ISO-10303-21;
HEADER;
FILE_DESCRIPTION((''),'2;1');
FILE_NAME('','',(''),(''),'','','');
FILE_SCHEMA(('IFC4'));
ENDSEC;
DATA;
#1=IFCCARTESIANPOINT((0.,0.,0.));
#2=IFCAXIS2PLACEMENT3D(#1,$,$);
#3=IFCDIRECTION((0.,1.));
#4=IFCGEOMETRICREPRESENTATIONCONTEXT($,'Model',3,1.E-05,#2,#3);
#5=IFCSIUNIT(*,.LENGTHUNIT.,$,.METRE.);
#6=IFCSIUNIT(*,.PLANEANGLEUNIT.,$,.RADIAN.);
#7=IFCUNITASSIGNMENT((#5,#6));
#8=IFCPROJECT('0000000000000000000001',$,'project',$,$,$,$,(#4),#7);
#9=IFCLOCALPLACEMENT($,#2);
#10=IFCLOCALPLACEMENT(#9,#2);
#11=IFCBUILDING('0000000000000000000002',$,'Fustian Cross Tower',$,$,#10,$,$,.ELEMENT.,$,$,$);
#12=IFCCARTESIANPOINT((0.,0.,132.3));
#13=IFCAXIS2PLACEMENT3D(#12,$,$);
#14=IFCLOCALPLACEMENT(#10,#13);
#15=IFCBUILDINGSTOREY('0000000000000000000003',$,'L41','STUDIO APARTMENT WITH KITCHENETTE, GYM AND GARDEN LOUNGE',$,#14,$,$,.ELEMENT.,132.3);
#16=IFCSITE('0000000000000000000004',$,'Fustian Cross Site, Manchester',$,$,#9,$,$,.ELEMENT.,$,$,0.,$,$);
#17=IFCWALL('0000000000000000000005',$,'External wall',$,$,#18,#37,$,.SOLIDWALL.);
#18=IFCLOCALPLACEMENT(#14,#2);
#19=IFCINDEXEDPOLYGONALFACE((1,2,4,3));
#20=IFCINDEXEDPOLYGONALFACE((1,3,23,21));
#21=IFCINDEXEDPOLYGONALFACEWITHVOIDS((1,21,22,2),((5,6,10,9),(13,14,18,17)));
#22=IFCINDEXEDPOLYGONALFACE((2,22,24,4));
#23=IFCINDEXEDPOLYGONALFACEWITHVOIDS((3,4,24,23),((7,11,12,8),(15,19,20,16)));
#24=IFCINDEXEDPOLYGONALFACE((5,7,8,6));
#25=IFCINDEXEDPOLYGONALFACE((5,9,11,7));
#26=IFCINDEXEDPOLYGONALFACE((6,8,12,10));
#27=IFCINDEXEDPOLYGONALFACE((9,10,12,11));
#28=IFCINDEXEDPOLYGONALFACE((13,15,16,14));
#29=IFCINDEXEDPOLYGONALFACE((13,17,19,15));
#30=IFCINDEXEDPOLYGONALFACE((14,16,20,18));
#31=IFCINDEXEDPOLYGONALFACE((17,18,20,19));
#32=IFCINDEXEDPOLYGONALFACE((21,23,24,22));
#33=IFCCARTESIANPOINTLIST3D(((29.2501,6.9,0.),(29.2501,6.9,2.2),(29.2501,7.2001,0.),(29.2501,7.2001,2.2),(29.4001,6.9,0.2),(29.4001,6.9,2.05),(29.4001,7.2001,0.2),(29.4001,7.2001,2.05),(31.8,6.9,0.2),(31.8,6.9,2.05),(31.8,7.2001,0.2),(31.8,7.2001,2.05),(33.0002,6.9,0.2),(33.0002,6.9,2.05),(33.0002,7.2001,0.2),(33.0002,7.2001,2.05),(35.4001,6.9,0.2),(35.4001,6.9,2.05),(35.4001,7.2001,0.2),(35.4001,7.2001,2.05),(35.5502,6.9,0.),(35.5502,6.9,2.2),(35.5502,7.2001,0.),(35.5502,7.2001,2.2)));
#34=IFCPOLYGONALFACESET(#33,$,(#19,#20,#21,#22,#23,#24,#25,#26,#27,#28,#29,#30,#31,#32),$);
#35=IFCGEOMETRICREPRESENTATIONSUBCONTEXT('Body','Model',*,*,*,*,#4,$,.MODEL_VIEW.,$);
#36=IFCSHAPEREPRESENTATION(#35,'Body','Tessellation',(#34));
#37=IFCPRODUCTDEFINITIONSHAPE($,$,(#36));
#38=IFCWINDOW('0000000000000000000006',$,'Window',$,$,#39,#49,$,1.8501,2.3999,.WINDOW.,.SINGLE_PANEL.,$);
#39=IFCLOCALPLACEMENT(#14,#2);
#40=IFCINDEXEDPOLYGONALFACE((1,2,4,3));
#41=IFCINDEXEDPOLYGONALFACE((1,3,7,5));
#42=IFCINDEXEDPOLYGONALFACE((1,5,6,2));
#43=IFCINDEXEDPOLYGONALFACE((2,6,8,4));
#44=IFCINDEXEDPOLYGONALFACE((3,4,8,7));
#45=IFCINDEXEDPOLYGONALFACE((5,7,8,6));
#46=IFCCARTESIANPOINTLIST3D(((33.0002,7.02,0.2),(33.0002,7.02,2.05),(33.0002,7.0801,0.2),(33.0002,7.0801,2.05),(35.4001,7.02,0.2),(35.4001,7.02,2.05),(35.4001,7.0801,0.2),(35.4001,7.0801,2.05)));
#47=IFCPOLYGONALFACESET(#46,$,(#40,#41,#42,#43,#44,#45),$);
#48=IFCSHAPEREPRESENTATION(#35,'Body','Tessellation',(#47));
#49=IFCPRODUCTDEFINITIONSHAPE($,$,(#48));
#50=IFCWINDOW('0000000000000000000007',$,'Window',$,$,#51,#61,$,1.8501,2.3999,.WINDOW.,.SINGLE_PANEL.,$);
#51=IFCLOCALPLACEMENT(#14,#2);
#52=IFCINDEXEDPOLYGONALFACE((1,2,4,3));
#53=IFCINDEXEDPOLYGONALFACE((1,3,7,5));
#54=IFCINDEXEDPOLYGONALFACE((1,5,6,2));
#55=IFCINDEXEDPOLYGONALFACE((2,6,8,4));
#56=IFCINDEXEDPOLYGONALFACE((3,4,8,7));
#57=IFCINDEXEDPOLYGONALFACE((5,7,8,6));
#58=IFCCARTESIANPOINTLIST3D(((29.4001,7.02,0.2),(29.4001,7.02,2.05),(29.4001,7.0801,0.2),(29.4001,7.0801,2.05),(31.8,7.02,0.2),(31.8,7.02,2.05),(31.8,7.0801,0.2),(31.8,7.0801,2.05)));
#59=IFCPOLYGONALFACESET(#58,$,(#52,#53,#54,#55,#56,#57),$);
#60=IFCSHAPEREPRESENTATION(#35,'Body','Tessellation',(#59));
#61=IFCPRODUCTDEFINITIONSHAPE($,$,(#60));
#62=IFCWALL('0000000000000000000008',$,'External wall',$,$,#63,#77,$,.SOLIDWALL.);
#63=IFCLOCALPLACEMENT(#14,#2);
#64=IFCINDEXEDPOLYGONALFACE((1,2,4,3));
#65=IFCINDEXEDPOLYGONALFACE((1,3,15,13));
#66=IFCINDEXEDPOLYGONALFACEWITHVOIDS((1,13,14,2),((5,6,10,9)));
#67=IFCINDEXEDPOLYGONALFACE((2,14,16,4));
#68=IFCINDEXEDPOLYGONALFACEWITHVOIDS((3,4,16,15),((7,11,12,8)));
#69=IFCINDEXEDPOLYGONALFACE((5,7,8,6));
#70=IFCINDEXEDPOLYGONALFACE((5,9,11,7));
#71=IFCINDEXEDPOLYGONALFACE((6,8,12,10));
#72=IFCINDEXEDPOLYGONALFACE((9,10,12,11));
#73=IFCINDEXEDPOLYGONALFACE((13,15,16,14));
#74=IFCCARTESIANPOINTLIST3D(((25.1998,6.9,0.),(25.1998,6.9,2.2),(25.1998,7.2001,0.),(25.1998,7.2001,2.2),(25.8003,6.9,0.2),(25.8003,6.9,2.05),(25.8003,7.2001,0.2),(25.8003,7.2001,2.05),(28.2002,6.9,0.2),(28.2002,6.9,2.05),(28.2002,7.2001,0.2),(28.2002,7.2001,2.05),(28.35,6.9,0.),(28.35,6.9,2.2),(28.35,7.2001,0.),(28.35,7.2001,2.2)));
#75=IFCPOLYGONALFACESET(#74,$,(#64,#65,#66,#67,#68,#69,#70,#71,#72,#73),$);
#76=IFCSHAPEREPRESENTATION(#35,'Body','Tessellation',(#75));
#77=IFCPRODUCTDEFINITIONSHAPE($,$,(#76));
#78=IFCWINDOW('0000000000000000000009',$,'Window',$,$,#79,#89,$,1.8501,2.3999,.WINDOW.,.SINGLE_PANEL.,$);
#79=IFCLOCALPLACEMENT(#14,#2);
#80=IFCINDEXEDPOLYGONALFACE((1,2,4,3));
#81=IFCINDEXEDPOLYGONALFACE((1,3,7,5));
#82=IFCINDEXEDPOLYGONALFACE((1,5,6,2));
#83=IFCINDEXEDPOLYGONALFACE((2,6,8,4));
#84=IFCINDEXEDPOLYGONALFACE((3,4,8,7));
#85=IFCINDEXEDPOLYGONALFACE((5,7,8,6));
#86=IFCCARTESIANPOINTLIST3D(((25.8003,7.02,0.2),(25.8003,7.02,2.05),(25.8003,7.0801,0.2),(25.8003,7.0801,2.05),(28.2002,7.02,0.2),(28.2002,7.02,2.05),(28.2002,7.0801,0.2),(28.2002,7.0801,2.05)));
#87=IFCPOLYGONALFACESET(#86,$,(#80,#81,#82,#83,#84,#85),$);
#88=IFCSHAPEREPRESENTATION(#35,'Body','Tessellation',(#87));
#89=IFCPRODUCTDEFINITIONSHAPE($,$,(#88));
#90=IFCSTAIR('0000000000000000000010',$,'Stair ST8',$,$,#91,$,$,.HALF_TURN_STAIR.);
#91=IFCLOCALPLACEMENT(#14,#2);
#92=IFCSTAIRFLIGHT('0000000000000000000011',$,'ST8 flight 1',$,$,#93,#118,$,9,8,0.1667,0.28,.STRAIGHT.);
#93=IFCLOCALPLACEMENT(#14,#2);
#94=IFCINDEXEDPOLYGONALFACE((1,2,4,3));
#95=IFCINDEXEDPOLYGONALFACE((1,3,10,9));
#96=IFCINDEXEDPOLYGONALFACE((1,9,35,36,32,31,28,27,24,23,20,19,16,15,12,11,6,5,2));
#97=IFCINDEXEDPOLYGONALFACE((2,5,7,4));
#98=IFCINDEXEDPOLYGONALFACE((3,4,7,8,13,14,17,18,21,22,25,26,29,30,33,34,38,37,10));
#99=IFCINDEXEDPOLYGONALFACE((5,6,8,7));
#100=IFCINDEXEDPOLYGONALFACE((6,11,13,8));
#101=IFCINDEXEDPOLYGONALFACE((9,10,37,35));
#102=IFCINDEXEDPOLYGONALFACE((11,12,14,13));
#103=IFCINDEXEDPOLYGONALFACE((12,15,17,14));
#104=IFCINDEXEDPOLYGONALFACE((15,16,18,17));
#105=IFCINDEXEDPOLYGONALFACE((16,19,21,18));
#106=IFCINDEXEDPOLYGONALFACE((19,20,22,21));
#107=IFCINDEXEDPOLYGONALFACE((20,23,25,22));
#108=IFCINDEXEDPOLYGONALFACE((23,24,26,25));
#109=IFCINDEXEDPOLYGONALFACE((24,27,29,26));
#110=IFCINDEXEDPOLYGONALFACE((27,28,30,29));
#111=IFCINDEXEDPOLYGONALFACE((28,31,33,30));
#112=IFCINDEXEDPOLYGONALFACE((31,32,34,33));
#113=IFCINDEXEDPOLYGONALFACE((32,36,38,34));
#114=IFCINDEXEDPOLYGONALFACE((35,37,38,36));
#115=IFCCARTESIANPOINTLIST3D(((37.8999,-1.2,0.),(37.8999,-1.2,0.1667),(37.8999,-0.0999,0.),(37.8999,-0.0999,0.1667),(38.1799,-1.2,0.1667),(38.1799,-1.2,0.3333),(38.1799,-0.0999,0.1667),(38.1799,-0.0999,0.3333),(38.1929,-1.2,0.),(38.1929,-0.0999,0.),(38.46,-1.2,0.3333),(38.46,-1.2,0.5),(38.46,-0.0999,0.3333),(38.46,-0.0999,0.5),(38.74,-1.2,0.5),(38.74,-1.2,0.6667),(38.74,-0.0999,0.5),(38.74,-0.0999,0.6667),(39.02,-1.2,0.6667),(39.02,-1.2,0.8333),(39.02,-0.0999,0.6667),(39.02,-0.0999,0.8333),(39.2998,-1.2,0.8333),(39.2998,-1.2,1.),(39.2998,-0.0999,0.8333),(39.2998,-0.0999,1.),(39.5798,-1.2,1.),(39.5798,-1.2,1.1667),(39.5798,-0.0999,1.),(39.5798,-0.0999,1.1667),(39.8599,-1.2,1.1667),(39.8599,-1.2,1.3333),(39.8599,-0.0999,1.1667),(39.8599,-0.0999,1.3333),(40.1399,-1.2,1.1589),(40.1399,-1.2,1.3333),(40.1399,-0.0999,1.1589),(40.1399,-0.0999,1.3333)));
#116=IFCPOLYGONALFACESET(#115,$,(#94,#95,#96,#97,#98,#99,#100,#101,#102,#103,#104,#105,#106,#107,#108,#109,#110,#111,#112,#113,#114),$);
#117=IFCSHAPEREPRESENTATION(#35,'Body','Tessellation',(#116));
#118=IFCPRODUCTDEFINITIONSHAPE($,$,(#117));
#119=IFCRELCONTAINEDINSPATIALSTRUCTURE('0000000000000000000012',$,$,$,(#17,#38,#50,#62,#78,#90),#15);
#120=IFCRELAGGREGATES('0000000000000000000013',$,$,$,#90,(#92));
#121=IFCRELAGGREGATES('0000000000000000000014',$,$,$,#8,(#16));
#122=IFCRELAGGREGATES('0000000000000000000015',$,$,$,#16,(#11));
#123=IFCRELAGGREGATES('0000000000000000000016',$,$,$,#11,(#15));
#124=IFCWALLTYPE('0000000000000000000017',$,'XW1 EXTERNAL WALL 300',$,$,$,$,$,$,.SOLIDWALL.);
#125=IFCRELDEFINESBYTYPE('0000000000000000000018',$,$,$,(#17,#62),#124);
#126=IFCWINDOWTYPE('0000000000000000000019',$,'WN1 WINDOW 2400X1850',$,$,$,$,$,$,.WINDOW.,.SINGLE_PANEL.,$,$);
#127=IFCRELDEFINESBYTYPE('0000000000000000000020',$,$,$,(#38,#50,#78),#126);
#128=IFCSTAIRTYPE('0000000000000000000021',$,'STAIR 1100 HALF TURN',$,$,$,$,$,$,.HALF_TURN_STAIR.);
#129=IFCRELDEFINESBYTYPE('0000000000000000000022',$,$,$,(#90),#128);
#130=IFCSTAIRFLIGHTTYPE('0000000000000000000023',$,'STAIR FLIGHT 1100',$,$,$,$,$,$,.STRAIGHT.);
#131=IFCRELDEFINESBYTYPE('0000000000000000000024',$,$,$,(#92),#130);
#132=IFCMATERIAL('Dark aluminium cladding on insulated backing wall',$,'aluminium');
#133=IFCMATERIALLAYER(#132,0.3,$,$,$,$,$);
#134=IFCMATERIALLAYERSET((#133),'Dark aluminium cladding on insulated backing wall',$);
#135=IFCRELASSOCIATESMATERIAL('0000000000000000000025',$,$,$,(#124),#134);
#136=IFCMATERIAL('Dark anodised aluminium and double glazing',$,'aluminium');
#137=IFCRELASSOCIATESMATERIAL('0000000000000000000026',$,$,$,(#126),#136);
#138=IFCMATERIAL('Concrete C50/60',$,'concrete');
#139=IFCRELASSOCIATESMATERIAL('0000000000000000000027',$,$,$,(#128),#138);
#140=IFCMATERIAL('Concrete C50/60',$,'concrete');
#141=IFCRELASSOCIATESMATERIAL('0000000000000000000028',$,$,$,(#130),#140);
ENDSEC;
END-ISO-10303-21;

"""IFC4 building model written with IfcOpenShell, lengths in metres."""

from ifc_helpers import new_model, si_unit, direction, frame, frame_2d, origin, place, context, subcontext, project, spatial, polyline, rectangle, outline, extrude, material, layer, layer_set, type_object, element, fill, aggregate, save


model = new_model("IFC4")

# Units and contexts
model_context = context("Model", 3, precision=1e-05, world=origin(), true_north=direction((0.0, 1.0)))
body_context = subcontext(model_context, "Body", "Model", "MODEL_VIEW")
ifc_project = project(units=[si_unit("LENGTHUNIT", "METRE"), si_unit("PLANEANGLEUNIT", "RADIAN")], contexts=[model_context])

# Site, building, storey
site_placement = place(None, origin())
site = spatial("IfcSite", under=ifc_project, at=site_placement, Name="Fustian Cross Site, Manchester", CompositionType="ELEMENT", RefElevation=0.0)
building_placement = place(site_placement, origin())
building = spatial("IfcBuilding", under=site, at=building_placement, Name="Fustian Cross Tower", CompositionType="ELEMENT")
storey_placement = place(building_placement, frame((0.0, 0.0, 132.3)))
storey = spatial("IfcBuildingStorey", under=building, at=storey_placement, Name="L41", Description="STUDIO APARTMENT WITH KITCHENETTE, GYM AND GARDEN LOUNGE", CompositionType="ELEMENT", Elevation=132.3)

# Shared definitions
ifc_material_1 = material(Name="Dark aluminium cladding on insulated backing wall", Category="aluminium")
ifc_layer_1 = layer(ifc_material_1, 0.3)
ifc_layer_set_1 = layer_set([ifc_layer_1], Name="Dark aluminium cladding on insulated backing wall")
wall_type_1 = type_object("IfcWallType", Name="XW1 EXTERNAL WALL 300", PredefinedType="SOLIDWALL", material=ifc_layer_set_1)

# Wall, openings, windows
wall_1_placement = place(storey_placement, frame((35.55, 7.05, 0.0), z_axis=(0.0, 0.0, 1.0), x_axis=(-1.0, 0.0, 0.0)))
wall_1 = element("IfcWall", 1, at=wall_1_placement, inside=storey, type_object=wall_type_1, Name="External wall", PredefinedType="SOLIDWALL", context=body_context, shape_type="SweptSolid", body=[
    extrude(rectangle(XDim=6.3, YDim=0.3, at=frame_2d((3.1499, 0.0))), origin(), (0.0, 0.0, 1.0), 2.2),
])
opening_1_placement = place(wall_1_placement, frame((0.1499, 0.0, 0.2)))
opening_1 = element("IfcOpeningElement", 2, at=opening_1_placement, cuts=wall_1, PredefinedType="OPENING", context=body_context, shape_type="SweptSolid", body=[
    extrude(rectangle(XDim=2.3999, YDim=1.8501, at=frame_2d((1.2, 0.925))), frame((0.0, 0.1599, 0.0), z_axis=(0.0, -1.0, 0.0), x_axis=(1.0, 0.0, 0.0)), (0.0, 0.0, 1.0), 0.3201),
])
opening_2_placement = place(wall_1_placement, frame((3.75, 0.0, 0.2)))
opening_2 = element("IfcOpeningElement", 3, at=opening_2_placement, cuts=wall_1, PredefinedType="OPENING", context=body_context, shape_type="SweptSolid", body=[
    extrude(rectangle(XDim=2.3999, YDim=1.8501, at=frame_2d((1.2, 0.925))), frame((0.0, 0.1599, 0.0), z_axis=(0.0, -1.0, 0.0), x_axis=(1.0, 0.0, 0.0)), (0.0, 0.0, 1.0), 0.3201),
])
ifc_material_2 = material(Name="Dark anodised aluminium and double glazing", Category="aluminium")
window_type_1 = type_object("IfcWindowType", Name="WN1 WINDOW 2400X1850", PartitioningType="SINGLE_PANEL", PredefinedType="WINDOW", material=ifc_material_2)
window_1_placement = place(opening_1_placement, origin())
window_1 = element("IfcWindow", 4, at=window_1_placement, inside=storey, type_object=window_type_1, Name="Window", OverallHeight=1.8501, OverallWidth=2.3999, PartitioningType="SINGLE_PANEL", PredefinedType="WINDOW", context=body_context, shape_type="SweptSolid", body=[
    extrude(rectangle(XDim=2.3999, YDim=1.8501, at=frame_2d((1.2, 0.925))), frame((0.0, 0.03, 0.0), z_axis=(0.0, -1.0, 0.0), x_axis=(1.0, 0.0, 0.0)), (0.0, 0.0, 1.0), 0.0601),
])
fill(opening_1, window_1)
window_2_placement = place(opening_2_placement, origin())
window_2 = element("IfcWindow", 5, at=window_2_placement, inside=storey, type_object=window_type_1, Name="Window", OverallHeight=1.8501, OverallWidth=2.3999, PartitioningType="SINGLE_PANEL", PredefinedType="WINDOW", context=body_context, shape_type="SweptSolid", body=[
    extrude(rectangle(XDim=2.3999, YDim=1.8501, at=frame_2d((1.2, 0.925))), frame((0.0, 0.03, 0.0), z_axis=(0.0, -1.0, 0.0), x_axis=(1.0, 0.0, 0.0)), (0.0, 0.0, 1.0), 0.0601),
])
fill(opening_2, window_2)

# Wall, opening, window
wall_2_placement = place(storey_placement, frame((28.3501, 7.05, 0.0), z_axis=(0.0, 0.0, 1.0), x_axis=(-1.0, 0.0, 0.0)))
wall_2 = element("IfcWall", 6, at=wall_2_placement, inside=storey, type_object=wall_type_1, Name="External wall", PredefinedType="SOLIDWALL", context=body_context, shape_type="SweptSolid", body=[
    extrude(rectangle(XDim=3.1501, YDim=0.3, at=frame_2d((1.5752, 0.0))), origin(), (0.0, 0.0, 1.0), 2.2),
])
opening_3_placement = place(wall_2_placement, frame((0.1499, 0.0, 0.2)))
opening_3 = element("IfcOpeningElement", 7, at=opening_3_placement, cuts=wall_2, PredefinedType="OPENING", context=body_context, shape_type="SweptSolid", body=[
    extrude(rectangle(XDim=2.3999, YDim=1.8501, at=frame_2d((1.2, 0.925))), frame((0.0, 0.1599, 0.0), z_axis=(0.0, -1.0, 0.0), x_axis=(1.0, 0.0, 0.0)), (0.0, 0.0, 1.0), 0.3201),
])
window_3_placement = place(opening_3_placement, origin())
window_3 = element("IfcWindow", 8, at=window_3_placement, inside=storey, type_object=window_type_1, Name="Window", OverallHeight=1.8501, OverallWidth=2.3999, PartitioningType="SINGLE_PANEL", PredefinedType="WINDOW", context=body_context, shape_type="SweptSolid", body=[
    extrude(rectangle(XDim=2.3999, YDim=1.8501, at=frame_2d((1.2, 0.925))), frame((0.0, 0.03, 0.0), z_axis=(0.0, -1.0, 0.0), x_axis=(1.0, 0.0, 0.0)), (0.0, 0.0, 1.0), 0.0601),
])
fill(opening_3, window_3)

# Stair, stair flight
ifc_material_3 = material(Name="Concrete C50/60", Category="concrete")
stair_type = type_object("IfcStairType", Name="STAIR 1100 HALF TURN", PredefinedType="HALF_TURN_STAIR", material=ifc_material_3)
stair_placement = place(storey_placement, origin())
stair = element("IfcStair", 9, at=stair_placement, inside=storey, type_object=stair_type, Name="Stair ST8", PredefinedType="HALF_TURN_STAIR")
ifc_material_4 = material(Name="Concrete C50/60", Category="concrete")
stair_flight_type = type_object("IfcStairFlightType", Name="STAIR FLIGHT 1100", PredefinedType="STRAIGHT", material=ifc_material_4)
stair_flight_placement = place(storey_placement, frame((37.8999, -0.6499, 0.0), z_axis=(0.0, 0.0, 1.0), x_axis=(1.0, 0.0, 0.0)))
stair_flight = element("IfcStairFlight", 10, at=stair_flight_placement, type_object=stair_flight_type, Name="ST8 flight 1", NumberOfRisers=9, NumberOfTreads=8, PredefinedType="STRAIGHT", RiserHeight=0.1667, TreadLength=0.28, context=body_context, shape_type="SweptSolid", body=[
    extrude(outline(polyline([(0.0, 0.0), (0.0, 0.1667), (0.28, 0.1667), (0.28, 0.3333), (0.5601, 0.3333), (0.5601, 0.5), (0.8401, 0.5), (0.8401, 0.6667), (1.1201, 0.6667), (1.1201, 0.8333), (1.3999, 0.8333), (1.3999, 1.0), (1.6799, 1.0), (1.6799, 1.1667), (1.96, 1.1667), (1.96, 1.3333), (2.24, 1.3333), (2.24, 1.5), (2.24, 1.1589), (0.293, 0.0), (0.0, 0.0)])), frame((0.0, 0.55, 0.0), z_axis=(0.0, -1.0, 0.0), x_axis=(1.0, 0.0, 0.0)), (0.0, 0.0, 1.0), 1.1001),
])
aggregate(stair, [stair_flight])

save(model, "model.ifc")
